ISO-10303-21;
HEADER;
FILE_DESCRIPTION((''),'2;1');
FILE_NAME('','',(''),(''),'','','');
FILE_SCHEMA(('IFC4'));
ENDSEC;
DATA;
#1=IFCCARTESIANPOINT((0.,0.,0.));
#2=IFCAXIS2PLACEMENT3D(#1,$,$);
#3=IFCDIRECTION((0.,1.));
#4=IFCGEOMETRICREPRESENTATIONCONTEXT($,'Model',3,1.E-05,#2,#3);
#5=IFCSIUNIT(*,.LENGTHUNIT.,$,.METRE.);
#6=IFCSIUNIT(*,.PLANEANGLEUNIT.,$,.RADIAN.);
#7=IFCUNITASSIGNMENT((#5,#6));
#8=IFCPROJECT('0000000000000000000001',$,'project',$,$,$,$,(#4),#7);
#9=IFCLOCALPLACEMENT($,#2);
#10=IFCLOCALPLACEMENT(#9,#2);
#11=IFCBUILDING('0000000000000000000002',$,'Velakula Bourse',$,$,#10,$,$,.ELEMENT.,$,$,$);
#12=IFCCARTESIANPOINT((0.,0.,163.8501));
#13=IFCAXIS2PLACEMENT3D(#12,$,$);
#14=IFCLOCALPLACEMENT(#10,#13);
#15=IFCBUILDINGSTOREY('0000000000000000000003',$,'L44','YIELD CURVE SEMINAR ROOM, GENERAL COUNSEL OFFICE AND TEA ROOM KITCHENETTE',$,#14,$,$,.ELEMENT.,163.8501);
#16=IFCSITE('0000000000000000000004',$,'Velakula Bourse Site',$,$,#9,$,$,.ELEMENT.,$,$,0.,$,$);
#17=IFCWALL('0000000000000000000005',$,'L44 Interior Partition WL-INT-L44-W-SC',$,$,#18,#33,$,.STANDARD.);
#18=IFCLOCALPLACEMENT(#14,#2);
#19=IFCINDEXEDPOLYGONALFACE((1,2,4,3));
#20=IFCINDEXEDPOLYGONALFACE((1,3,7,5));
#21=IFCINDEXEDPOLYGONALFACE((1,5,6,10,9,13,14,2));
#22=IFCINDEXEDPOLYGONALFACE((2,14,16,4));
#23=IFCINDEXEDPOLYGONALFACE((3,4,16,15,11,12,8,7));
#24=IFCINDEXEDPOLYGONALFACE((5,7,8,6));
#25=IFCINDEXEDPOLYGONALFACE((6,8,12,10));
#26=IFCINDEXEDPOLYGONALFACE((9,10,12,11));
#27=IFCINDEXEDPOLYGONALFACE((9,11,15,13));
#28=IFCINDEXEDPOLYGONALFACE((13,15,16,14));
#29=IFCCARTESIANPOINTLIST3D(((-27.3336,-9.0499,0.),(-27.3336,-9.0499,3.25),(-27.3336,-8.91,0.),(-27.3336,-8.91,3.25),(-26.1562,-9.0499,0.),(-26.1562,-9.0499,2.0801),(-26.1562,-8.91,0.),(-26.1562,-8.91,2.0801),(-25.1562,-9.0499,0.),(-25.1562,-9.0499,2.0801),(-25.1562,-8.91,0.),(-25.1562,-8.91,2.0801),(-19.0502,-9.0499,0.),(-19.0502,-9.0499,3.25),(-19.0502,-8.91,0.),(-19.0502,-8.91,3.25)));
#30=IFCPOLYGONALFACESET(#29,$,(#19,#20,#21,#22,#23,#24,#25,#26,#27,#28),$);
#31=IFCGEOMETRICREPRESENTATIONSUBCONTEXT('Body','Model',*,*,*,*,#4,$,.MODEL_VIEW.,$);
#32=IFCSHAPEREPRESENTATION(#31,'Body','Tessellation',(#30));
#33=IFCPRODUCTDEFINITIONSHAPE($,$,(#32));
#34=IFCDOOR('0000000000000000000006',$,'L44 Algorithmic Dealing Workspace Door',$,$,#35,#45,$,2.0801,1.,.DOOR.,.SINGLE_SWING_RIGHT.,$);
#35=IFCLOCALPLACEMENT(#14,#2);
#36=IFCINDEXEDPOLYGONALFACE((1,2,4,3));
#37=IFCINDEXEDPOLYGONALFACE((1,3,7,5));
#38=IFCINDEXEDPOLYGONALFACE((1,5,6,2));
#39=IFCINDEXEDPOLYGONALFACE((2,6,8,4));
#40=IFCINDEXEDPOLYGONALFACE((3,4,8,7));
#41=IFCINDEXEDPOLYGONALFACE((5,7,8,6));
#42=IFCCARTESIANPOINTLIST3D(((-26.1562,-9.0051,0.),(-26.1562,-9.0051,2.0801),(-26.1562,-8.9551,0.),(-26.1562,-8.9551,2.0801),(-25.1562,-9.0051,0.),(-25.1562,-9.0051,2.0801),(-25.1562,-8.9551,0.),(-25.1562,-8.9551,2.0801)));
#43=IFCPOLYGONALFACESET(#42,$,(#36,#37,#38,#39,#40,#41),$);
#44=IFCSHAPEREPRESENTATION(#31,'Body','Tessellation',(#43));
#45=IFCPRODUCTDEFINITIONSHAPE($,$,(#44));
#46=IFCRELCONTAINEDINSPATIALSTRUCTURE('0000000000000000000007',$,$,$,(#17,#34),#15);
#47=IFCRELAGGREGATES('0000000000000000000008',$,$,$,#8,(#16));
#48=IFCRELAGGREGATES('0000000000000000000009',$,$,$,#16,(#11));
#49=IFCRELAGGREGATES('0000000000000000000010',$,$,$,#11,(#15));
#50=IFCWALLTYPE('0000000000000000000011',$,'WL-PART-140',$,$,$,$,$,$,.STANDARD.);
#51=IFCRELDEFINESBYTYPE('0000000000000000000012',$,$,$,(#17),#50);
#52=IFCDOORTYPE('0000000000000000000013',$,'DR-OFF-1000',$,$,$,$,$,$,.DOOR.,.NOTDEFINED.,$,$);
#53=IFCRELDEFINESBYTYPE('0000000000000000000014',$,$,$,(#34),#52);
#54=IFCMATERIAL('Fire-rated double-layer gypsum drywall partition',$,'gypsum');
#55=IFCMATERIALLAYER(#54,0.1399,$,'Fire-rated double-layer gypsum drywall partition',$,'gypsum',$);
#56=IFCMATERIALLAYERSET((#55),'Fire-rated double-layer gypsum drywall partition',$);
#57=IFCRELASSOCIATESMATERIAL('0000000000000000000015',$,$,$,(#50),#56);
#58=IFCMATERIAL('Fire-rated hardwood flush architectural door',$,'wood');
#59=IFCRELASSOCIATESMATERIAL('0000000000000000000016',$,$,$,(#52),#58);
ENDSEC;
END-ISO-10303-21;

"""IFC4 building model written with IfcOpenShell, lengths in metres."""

from ifc_helpers import new_model, si_unit, direction, frame, frame_2d, origin, place, context, subcontext, project, spatial, rectangle, extrude, material, layer, layer_set, type_object, element, fill, save


model = new_model("IFC4")

# Units and contexts
model_context = context("Model", 3, precision=1e-05, world=origin(), true_north=direction((0.0, 1.0)))
body_context = subcontext(model_context, "Body", "Model", "MODEL_VIEW")
ifc_project = project(units=[si_unit("LENGTHUNIT", "METRE"), si_unit("PLANEANGLEUNIT", "RADIAN")], contexts=[model_context])

# Site, building, storey
site_placement = place(None, origin())
site = spatial("IfcSite", under=ifc_project, at=site_placement, Name="Velakula Bourse Site", CompositionType="ELEMENT", RefElevation=0.0)
building_placement = place(site_placement, origin())
building = spatial("IfcBuilding", under=site, at=building_placement, Name="Velakula Bourse", CompositionType="ELEMENT")
storey_placement = place(building_placement, frame((0.0, 0.0, 163.8501)))
storey = spatial("IfcBuildingStorey", under=building, at=storey_placement, Name="L44", Description="YIELD CURVE SEMINAR ROOM, GENERAL COUNSEL OFFICE AND TEA ROOM KITCHENETTE", CompositionType="ELEMENT", Elevation=163.8501)

# Shared definitions
ifc_material_1 = material(Name="Fire-rated double-layer gypsum drywall partition", Category="gypsum")
ifc_layer_1 = layer(ifc_material_1, 0.1399, Name="Fire-rated double-layer gypsum drywall partition", Category="gypsum")
ifc_layer_set_1 = layer_set([ifc_layer_1], Name="Fire-rated double-layer gypsum drywall partition")
wall_type_1 = type_object("IfcWallType", Name="WL-PART-140", PredefinedType="STANDARD", material=ifc_layer_set_1)
ifc_material_2 = material(Name="Fire-rated hardwood flush architectural door", Category="wood")
door_type_1 = type_object("IfcDoorType", Name="DR-OFF-1000", OperationType="NOTDEFINED", PredefinedType="DOOR", material=ifc_material_2)

# Wall, opening, door
wall_1_placement = place(storey_placement, frame((-27.3335, -8.98, 0.0), z_axis=(0.0, 0.0, 1.0), x_axis=(1.0, 0.0, 0.0)))
wall_1 = element("IfcWall", 1, at=wall_1_placement, inside=storey, type_object=wall_type_1, Name="L44 Interior Partition WL-INT-L44-W-SC", PredefinedType="STANDARD", context=body_context, shape_type="SweptSolid", body=[
    extrude(rectangle(XDim=8.2834, YDim=0.1399, at=frame_2d((4.1416, 0.0))), origin(), (0.0, 0.0, 1.0), 3.25),
])
opening_1_placement = place(wall_1_placement, frame((1.1772, 0.0, 0.0)))
opening_1 = element("IfcOpeningElement", 2, at=opening_1_placement, cuts=wall_1, PredefinedType="OPENING", context=body_context, shape_type="SweptSolid", body=[
    extrude(rectangle(XDim=1.0, YDim=2.0801, at=frame_2d((0.5, 1.04))), frame((0.0, 0.0798, 0.0), z_axis=(0.0, -1.0, 0.0), x_axis=(1.0, 0.0, 0.0)), (0.0, 0.0, 1.0), 0.1599),
])
door_1_placement = place(opening_1_placement, origin())
door_1 = element("IfcDoor", 3, at=door_1_placement, inside=storey, type_object=door_type_1, Name="L44 Algorithmic Dealing Workspace Door", OperationType="SINGLE_SWING_RIGHT", OverallHeight=2.0801, OverallWidth=1.0, PredefinedType="DOOR", context=body_context, shape_type="SweptSolid", body=[
    extrude(rectangle(XDim=1.0, YDim=2.0801, at=frame_2d((0.5, 1.04))), frame((0.0, 0.0249, 0.0), z_axis=(0.0, -1.0, 0.0), x_axis=(1.0, 0.0, 0.0)), (0.0, 0.0, 1.0), 0.05),
])
fill(opening_1, door_1)

save(model, "model.ifc")
